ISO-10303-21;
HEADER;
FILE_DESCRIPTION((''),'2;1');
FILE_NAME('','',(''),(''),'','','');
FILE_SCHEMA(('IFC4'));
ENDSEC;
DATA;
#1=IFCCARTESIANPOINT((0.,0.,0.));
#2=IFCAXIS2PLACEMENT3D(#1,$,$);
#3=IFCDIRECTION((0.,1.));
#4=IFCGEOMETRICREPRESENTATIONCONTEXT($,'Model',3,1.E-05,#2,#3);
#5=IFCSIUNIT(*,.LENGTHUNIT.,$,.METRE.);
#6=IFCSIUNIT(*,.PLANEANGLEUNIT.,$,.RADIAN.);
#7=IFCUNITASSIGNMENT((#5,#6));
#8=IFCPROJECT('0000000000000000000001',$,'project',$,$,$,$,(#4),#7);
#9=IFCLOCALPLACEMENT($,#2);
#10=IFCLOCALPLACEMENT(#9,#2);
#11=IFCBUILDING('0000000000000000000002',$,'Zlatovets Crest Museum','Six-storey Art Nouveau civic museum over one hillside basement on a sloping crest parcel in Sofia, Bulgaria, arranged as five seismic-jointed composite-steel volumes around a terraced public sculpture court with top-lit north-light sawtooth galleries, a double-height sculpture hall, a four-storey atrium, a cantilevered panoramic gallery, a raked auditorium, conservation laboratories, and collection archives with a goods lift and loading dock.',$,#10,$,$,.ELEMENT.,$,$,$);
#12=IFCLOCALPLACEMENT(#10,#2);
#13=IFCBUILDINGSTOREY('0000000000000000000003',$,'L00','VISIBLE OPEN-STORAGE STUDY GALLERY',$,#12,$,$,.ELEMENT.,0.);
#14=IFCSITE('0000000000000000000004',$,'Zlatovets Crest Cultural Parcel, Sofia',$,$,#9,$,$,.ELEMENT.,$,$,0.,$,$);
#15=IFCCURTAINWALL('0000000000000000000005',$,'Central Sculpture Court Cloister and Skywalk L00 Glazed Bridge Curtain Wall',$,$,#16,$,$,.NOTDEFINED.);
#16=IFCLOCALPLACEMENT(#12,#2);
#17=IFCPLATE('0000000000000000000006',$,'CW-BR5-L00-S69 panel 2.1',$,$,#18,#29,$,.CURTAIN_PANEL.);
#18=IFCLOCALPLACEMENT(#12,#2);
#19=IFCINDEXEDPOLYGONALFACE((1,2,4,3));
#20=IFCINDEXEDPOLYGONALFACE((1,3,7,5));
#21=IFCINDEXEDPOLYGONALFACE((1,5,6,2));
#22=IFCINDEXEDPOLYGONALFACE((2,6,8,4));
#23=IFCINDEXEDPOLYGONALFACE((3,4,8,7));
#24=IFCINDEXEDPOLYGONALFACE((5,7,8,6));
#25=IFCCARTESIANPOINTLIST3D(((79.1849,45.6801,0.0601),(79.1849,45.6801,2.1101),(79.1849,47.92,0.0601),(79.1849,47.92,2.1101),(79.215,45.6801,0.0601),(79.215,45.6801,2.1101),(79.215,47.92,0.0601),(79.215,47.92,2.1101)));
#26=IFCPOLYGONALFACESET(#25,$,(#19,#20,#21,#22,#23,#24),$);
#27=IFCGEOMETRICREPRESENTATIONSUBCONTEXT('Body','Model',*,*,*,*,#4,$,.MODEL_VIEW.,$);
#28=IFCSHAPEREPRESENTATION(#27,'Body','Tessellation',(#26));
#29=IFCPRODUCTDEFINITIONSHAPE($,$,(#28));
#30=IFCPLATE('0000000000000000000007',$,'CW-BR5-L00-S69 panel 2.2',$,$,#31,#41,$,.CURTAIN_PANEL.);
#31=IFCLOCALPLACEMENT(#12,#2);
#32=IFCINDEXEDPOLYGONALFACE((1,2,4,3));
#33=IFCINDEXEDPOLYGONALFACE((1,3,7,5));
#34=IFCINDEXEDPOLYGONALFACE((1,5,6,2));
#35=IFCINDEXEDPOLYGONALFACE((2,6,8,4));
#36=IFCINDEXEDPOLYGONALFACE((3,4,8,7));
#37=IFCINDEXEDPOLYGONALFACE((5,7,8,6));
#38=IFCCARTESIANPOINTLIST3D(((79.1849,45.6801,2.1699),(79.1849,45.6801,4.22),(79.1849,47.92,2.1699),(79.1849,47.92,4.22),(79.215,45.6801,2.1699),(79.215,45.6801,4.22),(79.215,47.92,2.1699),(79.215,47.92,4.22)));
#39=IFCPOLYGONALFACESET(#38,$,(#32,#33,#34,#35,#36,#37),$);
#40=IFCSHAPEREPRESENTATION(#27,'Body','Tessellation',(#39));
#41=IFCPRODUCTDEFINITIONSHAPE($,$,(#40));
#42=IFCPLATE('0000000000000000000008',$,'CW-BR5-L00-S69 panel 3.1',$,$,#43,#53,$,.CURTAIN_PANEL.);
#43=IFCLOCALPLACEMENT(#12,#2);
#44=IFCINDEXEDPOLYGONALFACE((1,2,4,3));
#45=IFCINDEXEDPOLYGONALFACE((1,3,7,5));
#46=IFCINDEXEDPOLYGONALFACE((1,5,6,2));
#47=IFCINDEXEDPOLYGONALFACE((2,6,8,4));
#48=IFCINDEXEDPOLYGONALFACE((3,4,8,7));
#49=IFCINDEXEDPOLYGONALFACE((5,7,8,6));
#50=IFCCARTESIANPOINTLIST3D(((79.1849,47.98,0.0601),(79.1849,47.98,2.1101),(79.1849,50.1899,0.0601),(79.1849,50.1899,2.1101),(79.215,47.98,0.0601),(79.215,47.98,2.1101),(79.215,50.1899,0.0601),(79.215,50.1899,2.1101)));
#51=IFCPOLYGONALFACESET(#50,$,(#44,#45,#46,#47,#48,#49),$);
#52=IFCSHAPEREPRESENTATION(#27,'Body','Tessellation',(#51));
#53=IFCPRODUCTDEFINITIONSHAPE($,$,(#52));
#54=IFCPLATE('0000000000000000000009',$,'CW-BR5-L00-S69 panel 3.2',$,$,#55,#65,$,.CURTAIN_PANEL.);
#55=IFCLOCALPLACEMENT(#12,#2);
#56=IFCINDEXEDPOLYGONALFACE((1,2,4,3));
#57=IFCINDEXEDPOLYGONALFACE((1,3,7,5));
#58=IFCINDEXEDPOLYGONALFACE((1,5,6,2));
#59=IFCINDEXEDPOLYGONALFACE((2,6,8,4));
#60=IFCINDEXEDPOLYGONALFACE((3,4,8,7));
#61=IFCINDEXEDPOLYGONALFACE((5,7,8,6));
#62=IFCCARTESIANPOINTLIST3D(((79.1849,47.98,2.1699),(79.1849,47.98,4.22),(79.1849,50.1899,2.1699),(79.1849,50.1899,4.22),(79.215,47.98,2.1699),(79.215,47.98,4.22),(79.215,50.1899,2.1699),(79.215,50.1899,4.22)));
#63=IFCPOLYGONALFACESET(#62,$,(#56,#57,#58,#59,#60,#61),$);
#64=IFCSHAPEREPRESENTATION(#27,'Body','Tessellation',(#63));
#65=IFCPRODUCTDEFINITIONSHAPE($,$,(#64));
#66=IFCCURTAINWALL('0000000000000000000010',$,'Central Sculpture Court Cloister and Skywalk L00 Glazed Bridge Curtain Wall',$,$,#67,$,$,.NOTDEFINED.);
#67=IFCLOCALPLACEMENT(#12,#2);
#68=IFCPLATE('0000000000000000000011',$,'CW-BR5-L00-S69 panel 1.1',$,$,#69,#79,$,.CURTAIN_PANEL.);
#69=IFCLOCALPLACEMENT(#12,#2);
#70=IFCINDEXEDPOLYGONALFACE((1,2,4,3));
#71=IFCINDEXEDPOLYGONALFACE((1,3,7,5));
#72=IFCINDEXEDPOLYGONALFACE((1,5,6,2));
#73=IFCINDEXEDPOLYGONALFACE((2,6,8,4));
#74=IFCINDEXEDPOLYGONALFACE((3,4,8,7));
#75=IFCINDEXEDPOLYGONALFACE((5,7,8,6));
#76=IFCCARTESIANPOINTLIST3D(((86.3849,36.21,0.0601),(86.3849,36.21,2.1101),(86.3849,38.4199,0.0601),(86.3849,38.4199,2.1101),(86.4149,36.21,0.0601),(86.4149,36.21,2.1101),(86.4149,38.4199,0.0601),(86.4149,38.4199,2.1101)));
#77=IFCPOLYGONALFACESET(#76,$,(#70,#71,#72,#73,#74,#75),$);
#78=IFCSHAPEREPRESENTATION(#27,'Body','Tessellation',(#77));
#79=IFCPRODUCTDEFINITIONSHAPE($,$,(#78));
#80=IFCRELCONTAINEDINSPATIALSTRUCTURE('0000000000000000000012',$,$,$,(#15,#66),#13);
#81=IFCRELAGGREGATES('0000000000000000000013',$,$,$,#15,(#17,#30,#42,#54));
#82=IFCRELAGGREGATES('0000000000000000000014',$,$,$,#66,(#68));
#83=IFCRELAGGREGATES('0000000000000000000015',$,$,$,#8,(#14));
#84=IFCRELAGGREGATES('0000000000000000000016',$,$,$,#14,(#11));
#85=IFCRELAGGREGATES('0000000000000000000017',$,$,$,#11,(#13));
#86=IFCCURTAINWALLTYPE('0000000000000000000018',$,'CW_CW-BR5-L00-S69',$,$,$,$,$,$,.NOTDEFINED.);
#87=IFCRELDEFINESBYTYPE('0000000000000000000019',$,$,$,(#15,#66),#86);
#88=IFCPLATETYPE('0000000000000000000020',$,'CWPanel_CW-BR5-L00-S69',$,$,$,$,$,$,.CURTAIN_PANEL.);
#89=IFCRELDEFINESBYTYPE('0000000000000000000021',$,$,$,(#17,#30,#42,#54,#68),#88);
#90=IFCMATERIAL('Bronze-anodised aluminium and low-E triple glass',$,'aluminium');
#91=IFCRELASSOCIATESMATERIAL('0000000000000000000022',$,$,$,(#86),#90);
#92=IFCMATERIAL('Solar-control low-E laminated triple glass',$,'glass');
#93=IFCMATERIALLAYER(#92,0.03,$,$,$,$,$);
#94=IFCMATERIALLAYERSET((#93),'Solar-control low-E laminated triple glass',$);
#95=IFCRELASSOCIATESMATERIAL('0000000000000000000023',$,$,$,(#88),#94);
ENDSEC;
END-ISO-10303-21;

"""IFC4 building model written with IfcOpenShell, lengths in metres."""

from ifc_helpers import new_model, si_unit, direction, frame, origin, origin_2d, place, context, subcontext, project, spatial, rectangle, extrude, material, layer, layer_set, type_object, element, aggregate, save


model = new_model("IFC4")

# Units and contexts
model_context = context("Model", 3, precision=1e-05, world=origin(), true_north=direction((0.0, 1.0)))
body_context = subcontext(model_context, "Body", "Model", "MODEL_VIEW")
ifc_project = project(units=[si_unit("LENGTHUNIT", "METRE"), si_unit("PLANEANGLEUNIT", "RADIAN")], contexts=[model_context])

# Site, building, storey
site_placement = place(None, origin())
site = spatial("IfcSite", under=ifc_project, at=site_placement, Name="Zlatovets Crest Cultural Parcel, Sofia", CompositionType="ELEMENT", RefElevation=0.0)
building_placement = place(site_placement, origin())
building = spatial("IfcBuilding", under=site, at=building_placement, Name="Zlatovets Crest Museum", Description="Six-storey Art Nouveau civic museum over one hillside basement on a sloping crest parcel in Sofia, Bulgaria, arranged as five seismic-jointed composite-steel volumes around a terraced public sculpture court with top-lit north-light sawtooth galleries, a double-height sculpture hall, a four-storey atrium, a cantilevered panoramic gallery, a raked auditorium, conservation laboratories, and collection archives with a goods lift and loading dock.", CompositionType="ELEMENT")
storey_placement = place(building_placement, origin())
storey = spatial("IfcBuildingStorey", under=building, at=storey_placement, Name="L00", Description="VISIBLE OPEN-STORAGE STUDY GALLERY", CompositionType="ELEMENT", Elevation=0.0)

# Curtain wall
ifc_material_1 = material(Name="Bronze-anodised aluminium and low-E triple glass", Category="aluminium")
curtain_wall_type = type_object("IfcCurtainWallType", Name="CW_CW-BR5-L00-S69", PredefinedType="NOTDEFINED", material=ifc_material_1)
curtain_wall_1_placement = place(storey_placement, origin())
curtain_wall_1 = element("IfcCurtainWall", 1, at=curtain_wall_1_placement, inside=storey, type_object=curtain_wall_type, Name="Central Sculpture Court Cloister and Skywalk L00 Glazed Bridge Curtain Wall", PredefinedType="NOTDEFINED")

# Plates
ifc_material_2 = material(Name="Solar-control low-E laminated triple glass", Category="glass")
ifc_layer = layer(ifc_material_2, 0.03)
ifc_layer_set = layer_set([ifc_layer], Name="Solar-control low-E laminated triple glass")
plate_type = type_object("IfcPlateType", Name="CWPanel_CW-BR5-L00-S69", PredefinedType="CURTAIN_PANEL", material=ifc_layer_set)
plate_1_placement = place(storey_placement, frame((79.2, 46.8, 0.0601), z_axis=(0.0, 0.0, 1.0), x_axis=(0.0, 1.0, 0.0)))
plate_1 = element("IfcPlate", 2, at=plate_1_placement, type_object=plate_type, Name="CW-BR5-L00-S69 panel 2.1", PredefinedType="CURTAIN_PANEL", context=body_context, shape_type="SweptSolid", body=[
    extrude(rectangle(XDim=2.24, YDim=0.03, at=origin_2d()), origin(), (0.0, 0.0, 1.0), 2.05),
])
plate_2_placement = place(storey_placement, frame((79.2, 46.8, 2.1699), z_axis=(0.0, 0.0, 1.0), x_axis=(0.0, 1.0, 0.0)))
plate_2 = element("IfcPlate", 3, at=plate_2_placement, type_object=plate_type, Name="CW-BR5-L00-S69 panel 2.2", PredefinedType="CURTAIN_PANEL", context=body_context, shape_type="SweptSolid", body=[
    extrude(rectangle(XDim=2.24, YDim=0.03, at=origin_2d()), origin(), (0.0, 0.0, 1.0), 2.05),
])
plate_3_placement = place(storey_placement, frame((79.2, 49.085, 0.0601), z_axis=(0.0, 0.0, 1.0), x_axis=(0.0, 1.0, 0.0)))
plate_3 = element("IfcPlate", 4, at=plate_3_placement, type_object=plate_type, Name="CW-BR5-L00-S69 panel 3.1", PredefinedType="CURTAIN_PANEL", context=body_context, shape_type="SweptSolid", body=[
    extrude(rectangle(XDim=2.21, YDim=0.03, at=origin_2d()), origin(), (0.0, 0.0, 1.0), 2.05),
])
plate_4_placement = place(storey_placement, frame((79.2, 49.085, 2.1699), z_axis=(0.0, 0.0, 1.0), x_axis=(0.0, 1.0, 0.0)))
plate_4 = element("IfcPlate", 5, at=plate_4_placement, type_object=plate_type, Name="CW-BR5-L00-S69 panel 3.2", PredefinedType="CURTAIN_PANEL", context=body_context, shape_type="SweptSolid", body=[
    extrude(rectangle(XDim=2.21, YDim=0.03, at=origin_2d()), origin(), (0.0, 0.0, 1.0), 2.05),
])
aggregate(curtain_wall_1, [plate_1, plate_2, plate_3, plate_4])

# Curtain wall, plate
curtain_wall_2_placement = place(storey_placement, origin())
curtain_wall_2 = element("IfcCurtainWall", 6, at=curtain_wall_2_placement, inside=storey, type_object=curtain_wall_type, Name="Central Sculpture Court Cloister and Skywalk L00 Glazed Bridge Curtain Wall", PredefinedType="NOTDEFINED")
plate_5_placement = place(storey_placement, frame((86.3999, 37.3149, 0.0601), z_axis=(0.0, 0.0, 1.0), x_axis=(0.0, 1.0, 0.0)))
plate_5 = element("IfcPlate", 7, at=plate_5_placement, type_object=plate_type, Name="CW-BR5-L00-S69 panel 1.1", PredefinedType="CURTAIN_PANEL", context=body_context, shape_type="SweptSolid", body=[
    extrude(rectangle(XDim=2.21, YDim=0.03, at=origin_2d()), origin(), (0.0, 0.0, 1.0), 2.05),
])
aggregate(curtain_wall_2, [plate_5])

save(model, "model.ifc")
